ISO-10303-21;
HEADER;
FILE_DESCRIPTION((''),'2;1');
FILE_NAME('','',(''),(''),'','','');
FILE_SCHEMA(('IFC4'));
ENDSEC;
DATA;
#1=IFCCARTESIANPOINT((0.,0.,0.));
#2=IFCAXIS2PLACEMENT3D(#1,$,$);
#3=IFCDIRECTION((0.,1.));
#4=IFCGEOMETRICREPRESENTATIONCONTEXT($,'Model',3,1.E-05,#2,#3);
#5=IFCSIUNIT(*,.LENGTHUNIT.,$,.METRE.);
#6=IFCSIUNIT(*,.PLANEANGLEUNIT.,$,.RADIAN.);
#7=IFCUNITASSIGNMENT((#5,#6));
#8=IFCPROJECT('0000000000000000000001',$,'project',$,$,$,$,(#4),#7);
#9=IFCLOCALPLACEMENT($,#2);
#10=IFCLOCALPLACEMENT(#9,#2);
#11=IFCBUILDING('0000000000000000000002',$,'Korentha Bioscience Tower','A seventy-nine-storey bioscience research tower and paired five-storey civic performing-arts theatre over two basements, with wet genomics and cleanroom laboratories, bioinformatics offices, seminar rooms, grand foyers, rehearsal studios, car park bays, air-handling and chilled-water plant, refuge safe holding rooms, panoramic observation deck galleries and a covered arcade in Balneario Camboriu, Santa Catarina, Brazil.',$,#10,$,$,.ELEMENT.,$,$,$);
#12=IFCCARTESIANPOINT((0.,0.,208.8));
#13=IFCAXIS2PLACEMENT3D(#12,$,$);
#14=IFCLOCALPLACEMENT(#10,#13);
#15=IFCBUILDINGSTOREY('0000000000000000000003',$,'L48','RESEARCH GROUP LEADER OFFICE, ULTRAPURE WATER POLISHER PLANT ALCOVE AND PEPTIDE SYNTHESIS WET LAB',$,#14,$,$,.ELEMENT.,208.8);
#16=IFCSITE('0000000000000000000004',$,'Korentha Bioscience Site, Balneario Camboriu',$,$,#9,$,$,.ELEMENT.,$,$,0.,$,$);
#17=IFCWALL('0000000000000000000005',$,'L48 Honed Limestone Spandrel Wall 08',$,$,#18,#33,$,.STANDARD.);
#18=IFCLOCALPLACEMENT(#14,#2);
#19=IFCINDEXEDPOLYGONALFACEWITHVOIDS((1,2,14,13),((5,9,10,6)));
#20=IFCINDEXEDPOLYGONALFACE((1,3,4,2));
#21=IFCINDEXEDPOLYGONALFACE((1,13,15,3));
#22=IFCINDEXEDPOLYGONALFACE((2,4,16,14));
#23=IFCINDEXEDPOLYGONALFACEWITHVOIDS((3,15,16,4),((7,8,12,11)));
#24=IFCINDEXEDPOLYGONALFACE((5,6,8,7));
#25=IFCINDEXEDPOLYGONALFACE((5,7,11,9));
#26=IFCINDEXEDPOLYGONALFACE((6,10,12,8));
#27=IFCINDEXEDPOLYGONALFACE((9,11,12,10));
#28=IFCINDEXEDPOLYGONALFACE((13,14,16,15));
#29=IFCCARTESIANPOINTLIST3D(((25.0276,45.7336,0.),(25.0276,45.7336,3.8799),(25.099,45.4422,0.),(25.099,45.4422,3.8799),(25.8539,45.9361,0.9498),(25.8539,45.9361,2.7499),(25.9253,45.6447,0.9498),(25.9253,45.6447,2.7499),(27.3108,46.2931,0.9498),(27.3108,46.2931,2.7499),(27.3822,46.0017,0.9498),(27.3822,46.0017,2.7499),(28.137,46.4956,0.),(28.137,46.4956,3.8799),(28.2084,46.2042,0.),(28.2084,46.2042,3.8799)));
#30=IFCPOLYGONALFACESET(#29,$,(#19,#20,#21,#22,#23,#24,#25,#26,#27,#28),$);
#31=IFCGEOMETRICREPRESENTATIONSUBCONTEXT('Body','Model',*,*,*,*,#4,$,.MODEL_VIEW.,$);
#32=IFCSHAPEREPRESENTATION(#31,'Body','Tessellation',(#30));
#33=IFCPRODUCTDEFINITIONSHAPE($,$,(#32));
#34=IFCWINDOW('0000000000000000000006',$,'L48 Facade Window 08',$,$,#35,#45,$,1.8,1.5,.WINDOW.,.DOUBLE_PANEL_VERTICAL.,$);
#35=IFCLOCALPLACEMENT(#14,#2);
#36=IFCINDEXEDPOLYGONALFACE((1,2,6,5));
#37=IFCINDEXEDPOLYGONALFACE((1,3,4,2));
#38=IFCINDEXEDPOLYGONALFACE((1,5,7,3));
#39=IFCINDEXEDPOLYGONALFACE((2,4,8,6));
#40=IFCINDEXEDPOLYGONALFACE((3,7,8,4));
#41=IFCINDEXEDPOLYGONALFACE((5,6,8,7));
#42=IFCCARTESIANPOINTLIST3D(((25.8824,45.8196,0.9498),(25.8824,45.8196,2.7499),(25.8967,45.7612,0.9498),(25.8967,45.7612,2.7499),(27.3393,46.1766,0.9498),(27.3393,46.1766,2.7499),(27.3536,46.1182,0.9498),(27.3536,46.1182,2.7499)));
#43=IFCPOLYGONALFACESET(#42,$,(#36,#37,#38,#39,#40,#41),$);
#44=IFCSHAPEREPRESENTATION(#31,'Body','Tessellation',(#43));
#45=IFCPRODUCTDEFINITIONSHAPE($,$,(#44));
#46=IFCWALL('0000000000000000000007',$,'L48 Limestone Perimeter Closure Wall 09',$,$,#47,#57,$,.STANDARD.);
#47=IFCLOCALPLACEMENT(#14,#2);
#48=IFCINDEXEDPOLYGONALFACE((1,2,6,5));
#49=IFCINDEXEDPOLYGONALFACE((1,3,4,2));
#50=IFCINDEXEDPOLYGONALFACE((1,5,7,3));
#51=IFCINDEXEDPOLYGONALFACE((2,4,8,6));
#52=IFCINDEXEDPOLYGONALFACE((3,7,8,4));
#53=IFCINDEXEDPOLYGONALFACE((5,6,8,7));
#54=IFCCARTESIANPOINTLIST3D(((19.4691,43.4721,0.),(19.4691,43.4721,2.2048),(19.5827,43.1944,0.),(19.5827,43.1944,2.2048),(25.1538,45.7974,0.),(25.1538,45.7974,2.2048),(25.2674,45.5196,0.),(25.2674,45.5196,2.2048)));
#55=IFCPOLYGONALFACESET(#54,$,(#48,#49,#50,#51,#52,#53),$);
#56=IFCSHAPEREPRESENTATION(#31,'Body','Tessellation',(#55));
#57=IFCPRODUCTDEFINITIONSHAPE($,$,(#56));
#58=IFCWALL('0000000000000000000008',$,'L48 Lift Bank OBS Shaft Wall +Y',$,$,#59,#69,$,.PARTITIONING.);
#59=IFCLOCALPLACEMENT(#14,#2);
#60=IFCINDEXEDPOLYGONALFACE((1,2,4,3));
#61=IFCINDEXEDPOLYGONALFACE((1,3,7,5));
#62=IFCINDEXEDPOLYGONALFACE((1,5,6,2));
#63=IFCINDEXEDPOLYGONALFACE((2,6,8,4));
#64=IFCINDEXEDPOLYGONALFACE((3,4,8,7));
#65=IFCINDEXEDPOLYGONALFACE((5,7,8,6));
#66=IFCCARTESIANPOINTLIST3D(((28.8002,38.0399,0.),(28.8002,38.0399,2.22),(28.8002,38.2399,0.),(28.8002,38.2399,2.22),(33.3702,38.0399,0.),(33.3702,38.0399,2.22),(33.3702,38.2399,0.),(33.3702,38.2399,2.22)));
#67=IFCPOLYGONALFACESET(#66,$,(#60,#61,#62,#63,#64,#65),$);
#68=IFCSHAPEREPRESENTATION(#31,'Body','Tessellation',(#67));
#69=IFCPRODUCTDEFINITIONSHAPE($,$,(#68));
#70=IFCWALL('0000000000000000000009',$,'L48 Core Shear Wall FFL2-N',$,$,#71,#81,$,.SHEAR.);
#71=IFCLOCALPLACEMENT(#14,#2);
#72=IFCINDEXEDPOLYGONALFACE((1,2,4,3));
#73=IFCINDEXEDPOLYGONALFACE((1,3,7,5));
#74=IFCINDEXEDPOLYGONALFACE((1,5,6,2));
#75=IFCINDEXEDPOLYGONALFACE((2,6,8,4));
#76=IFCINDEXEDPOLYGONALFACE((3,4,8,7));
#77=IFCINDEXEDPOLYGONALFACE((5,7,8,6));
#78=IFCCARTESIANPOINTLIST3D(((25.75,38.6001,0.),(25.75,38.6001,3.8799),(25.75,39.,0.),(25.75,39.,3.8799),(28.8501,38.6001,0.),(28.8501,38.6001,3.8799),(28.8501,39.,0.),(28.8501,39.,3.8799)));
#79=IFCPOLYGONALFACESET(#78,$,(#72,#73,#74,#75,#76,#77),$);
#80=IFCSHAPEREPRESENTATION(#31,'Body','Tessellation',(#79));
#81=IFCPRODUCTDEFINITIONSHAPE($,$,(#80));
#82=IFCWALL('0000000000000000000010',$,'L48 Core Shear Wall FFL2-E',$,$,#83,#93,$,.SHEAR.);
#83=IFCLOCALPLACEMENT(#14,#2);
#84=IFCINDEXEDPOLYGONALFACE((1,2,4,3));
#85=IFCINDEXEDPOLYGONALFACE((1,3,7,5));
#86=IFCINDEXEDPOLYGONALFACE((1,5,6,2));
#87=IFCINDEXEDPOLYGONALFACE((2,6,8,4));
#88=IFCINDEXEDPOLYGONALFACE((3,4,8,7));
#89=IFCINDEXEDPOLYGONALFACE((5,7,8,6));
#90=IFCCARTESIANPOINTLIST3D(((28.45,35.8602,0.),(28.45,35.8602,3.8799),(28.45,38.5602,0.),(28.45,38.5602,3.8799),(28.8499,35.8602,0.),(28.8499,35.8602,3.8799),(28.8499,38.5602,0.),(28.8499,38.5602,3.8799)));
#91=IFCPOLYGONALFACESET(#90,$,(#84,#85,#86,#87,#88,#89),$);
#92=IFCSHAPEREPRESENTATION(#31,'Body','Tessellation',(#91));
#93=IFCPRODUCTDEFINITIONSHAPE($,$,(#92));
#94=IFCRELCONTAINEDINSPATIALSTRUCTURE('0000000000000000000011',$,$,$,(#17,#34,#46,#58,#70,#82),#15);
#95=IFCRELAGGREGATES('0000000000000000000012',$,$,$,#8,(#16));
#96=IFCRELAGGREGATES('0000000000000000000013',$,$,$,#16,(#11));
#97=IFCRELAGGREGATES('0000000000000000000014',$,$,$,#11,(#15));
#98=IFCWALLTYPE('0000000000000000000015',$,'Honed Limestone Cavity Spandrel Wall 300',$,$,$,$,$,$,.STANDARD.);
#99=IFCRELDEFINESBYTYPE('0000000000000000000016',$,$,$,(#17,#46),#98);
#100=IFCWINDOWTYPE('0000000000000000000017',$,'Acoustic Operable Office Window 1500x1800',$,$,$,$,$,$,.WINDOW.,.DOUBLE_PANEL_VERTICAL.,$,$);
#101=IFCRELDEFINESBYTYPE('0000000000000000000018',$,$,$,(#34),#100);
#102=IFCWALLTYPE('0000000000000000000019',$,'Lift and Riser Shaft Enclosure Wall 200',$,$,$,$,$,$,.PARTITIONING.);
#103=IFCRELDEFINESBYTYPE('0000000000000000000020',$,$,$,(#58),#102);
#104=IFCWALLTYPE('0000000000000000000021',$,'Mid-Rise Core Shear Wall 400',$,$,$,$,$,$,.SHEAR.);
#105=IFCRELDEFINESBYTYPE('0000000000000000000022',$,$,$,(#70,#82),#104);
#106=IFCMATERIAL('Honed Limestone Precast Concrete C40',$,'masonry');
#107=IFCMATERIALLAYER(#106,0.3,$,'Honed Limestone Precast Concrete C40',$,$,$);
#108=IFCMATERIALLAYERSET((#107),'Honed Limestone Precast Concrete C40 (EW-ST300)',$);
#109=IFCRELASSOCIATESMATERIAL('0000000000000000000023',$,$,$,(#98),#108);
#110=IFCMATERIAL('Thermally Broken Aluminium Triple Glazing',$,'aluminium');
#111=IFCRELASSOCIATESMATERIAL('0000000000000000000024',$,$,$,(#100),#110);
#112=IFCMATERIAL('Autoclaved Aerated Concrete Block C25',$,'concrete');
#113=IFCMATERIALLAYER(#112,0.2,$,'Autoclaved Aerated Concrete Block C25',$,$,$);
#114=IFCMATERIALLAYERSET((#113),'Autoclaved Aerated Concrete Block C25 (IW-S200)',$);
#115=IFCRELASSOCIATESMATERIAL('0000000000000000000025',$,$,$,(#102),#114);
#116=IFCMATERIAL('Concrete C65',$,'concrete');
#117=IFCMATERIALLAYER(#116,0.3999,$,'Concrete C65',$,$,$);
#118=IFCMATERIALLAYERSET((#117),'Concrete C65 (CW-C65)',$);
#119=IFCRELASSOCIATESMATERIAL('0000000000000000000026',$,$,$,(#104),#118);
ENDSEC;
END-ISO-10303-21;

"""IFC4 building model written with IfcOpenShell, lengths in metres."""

from ifc_helpers import new_model, si_unit, direction, frame, frame_2d, origin, place, context, subcontext, project, spatial, rectangle, extrude, material, layer, layer_set, type_object, element, fill, save


model = new_model("IFC4")

# Units and contexts
model_context = context("Model", 3, precision=1e-05, world=origin(), true_north=direction((0.0, 1.0)))
body_context = subcontext(model_context, "Body", "Model", "MODEL_VIEW")
ifc_project = project(units=[si_unit("LENGTHUNIT", "METRE"), si_unit("PLANEANGLEUNIT", "RADIAN")], contexts=[model_context])

# Site, building, storey
site_placement = place(None, origin())
site = spatial("IfcSite", under=ifc_project, at=site_placement, Name="Korentha Bioscience Site, Balneario Camboriu", CompositionType="ELEMENT", RefElevation=0.0)
building_placement = place(site_placement, origin())
building = spatial("IfcBuilding", under=site, at=building_placement, Name="Korentha Bioscience Tower", Description="A seventy-nine-storey bioscience research tower and paired five-storey civic performing-arts theatre over two basements, with wet genomics and cleanroom laboratories, bioinformatics offices, seminar rooms, grand foyers, rehearsal studios, car park bays, air-handling and chilled-water plant, refuge safe holding rooms, panoramic observation deck galleries and a covered arcade in Balneario Camboriu, Santa Catarina, Brazil.", CompositionType="ELEMENT")
storey_placement = place(building_placement, frame((0.0, 0.0, 208.8)))
storey = spatial("IfcBuildingStorey", under=building, at=storey_placement, Name="L48", Description="RESEARCH GROUP LEADER OFFICE, ULTRAPURE WATER POLISHER PLANT ALCOVE AND PEPTIDE SYNTHESIS WET LAB", CompositionType="ELEMENT", Elevation=208.8)

# Shared definitions
ifc_material_1 = material(Name="Concrete C65", Category="concrete")

# Wall, opening, window
ifc_material_2 = material(Name="Honed Limestone Precast Concrete C40", Category="masonry")
ifc_layer_1 = layer(ifc_material_2, 0.3, Name="Honed Limestone Precast Concrete C40")
ifc_layer_set_1 = layer_set([ifc_layer_1], Name="Honed Limestone Precast Concrete C40 (EW-ST300)")
wall_type_1 = type_object("IfcWallType", Name="Honed Limestone Cavity Spandrel Wall 300", PredefinedType="STANDARD", material=ifc_layer_set_1)
wall_1_placement = place(storey_placement, frame((28.1726, 46.3499, 0.0), z_axis=(0.0, 0.0, 1.0), x_axis=(-0.971262, -0.238011, 0.0)))
wall_1 = element("IfcWall", 1, at=wall_1_placement, inside=storey, type_object=wall_type_1, Name="L48 Honed Limestone Spandrel Wall 08", PredefinedType="STANDARD", context=body_context, shape_type="SweptSolid", body=[
    extrude(rectangle(XDim=3.2014, YDim=0.3, at=frame_2d((1.6006, 0.0))), origin(), (0.0, 0.0, 1.0), 3.8799),
])
opening_1_placement = place(wall_1_placement, frame((0.8506, 0.0, 0.95)))
opening_1 = element("IfcOpeningElement", 2, at=opening_1_placement, cuts=wall_1, PredefinedType="OPENING", context=body_context, shape_type="SweptSolid", body=[
    extrude(rectangle(XDim=1.5, YDim=1.8, at=frame_2d((0.75, 0.8999))), frame((0.0, 0.165, 0.0), z_axis=(0.0, -1.0, 0.0), x_axis=(1.0, 0.0, 0.0)), (0.0, 0.0, 1.0), 0.3298),
])
ifc_material_3 = material(Name="Thermally Broken Aluminium Triple Glazing", Category="aluminium")
window_type = type_object("IfcWindowType", Name="Acoustic Operable Office Window 1500x1800", PartitioningType="DOUBLE_PANEL_VERTICAL", PredefinedType="WINDOW", material=ifc_material_3)
window_placement = place(opening_1_placement, origin())
window = element("IfcWindow", 3, at=window_placement, inside=storey, type_object=window_type, Name="L48 Facade Window 08", OverallHeight=1.8, OverallWidth=1.5, PartitioningType="DOUBLE_PANEL_VERTICAL", PredefinedType="WINDOW", context=body_context, shape_type="SweptSolid", body=[
    extrude(rectangle(XDim=1.5, YDim=1.8, at=frame_2d((0.75, 0.8999))), frame((0.0, 0.03, 0.0), z_axis=(0.0, -1.0, 0.0), x_axis=(1.0, 0.0, 0.0)), (0.0, 0.0, 1.0), 0.0601),
])
fill(opening_1, window)

# Walls
wall_2_placement = place(storey_placement, frame((25.2104, 45.6584, 0.0), z_axis=(0.0, 0.0, 1.0), x_axis=(-0.925565, -0.37859, 0.0)))
element("IfcWall", 4, at=wall_2_placement, inside=storey, type_object=wall_type_1, Name="L48 Limestone Perimeter Closure Wall 09", PredefinedType="STANDARD", context=body_context, shape_type="SweptSolid", body=[
    extrude(rectangle(XDim=6.1418, YDim=0.3, at=frame_2d((3.0708, 0.0))), origin(), (0.0, 0.0, 1.0), 2.2048),
])
ifc_material_4 = material(Name="Autoclaved Aerated Concrete Block C25", Category="concrete")
ifc_layer_2 = layer(ifc_material_4, 0.2, Name="Autoclaved Aerated Concrete Block C25")
ifc_layer_set_2 = layer_set([ifc_layer_2], Name="Autoclaved Aerated Concrete Block C25 (IW-S200)")
wall_type_2 = type_object("IfcWallType", Name="Lift and Riser Shaft Enclosure Wall 200", PredefinedType="PARTITIONING", material=ifc_layer_set_2)
wall_3_placement = place(storey_placement, frame((28.8, 38.1399, 0.0), z_axis=(0.0, 0.0, 1.0), x_axis=(1.0, 0.0, 0.0)))
element("IfcWall", 5, at=wall_3_placement, inside=storey, type_object=wall_type_2, Name="L48 Lift Bank OBS Shaft Wall +Y", PredefinedType="PARTITIONING", context=body_context, shape_type="SweptSolid", body=[
    extrude(rectangle(XDim=4.5701, YDim=0.2, at=frame_2d((2.2852, 0.0))), origin(), (0.0, 0.0, 1.0), 2.22),
])
ifc_layer_3 = layer(ifc_material_1, 0.3999, Name="Concrete C65")
ifc_layer_set_3 = layer_set([ifc_layer_3], Name="Concrete C65 (CW-C65)")
wall_type_3 = type_object("IfcWallType", Name="Mid-Rise Core Shear Wall 400", PredefinedType="SHEAR", material=ifc_layer_set_3)
wall_4_placement = place(storey_placement, frame((25.75, 38.8, 0.0), z_axis=(0.0, 0.0, 1.0), x_axis=(1.0, 0.0, 0.0)))
element("IfcWall", 6, at=wall_4_placement, inside=storey, type_object=wall_type_3, Name="L48 Core Shear Wall FFL2-N", PredefinedType="SHEAR", context=body_context, shape_type="SweptSolid", body=[
    extrude(rectangle(XDim=3.1001, YDim=0.3999, at=frame_2d((1.55, 0.0))), origin(), (0.0, 0.0, 1.0), 3.8799),
])
wall_5_placement = place(storey_placement, frame((28.6499, 35.8601, 0.0), z_axis=(0.0, 0.0, 1.0), x_axis=(0.0, 1.0, 0.0)))
element("IfcWall", 7, at=wall_5_placement, inside=storey, type_object=wall_type_3, Name="L48 Core Shear Wall FFL2-E", PredefinedType="SHEAR", context=body_context, shape_type="SweptSolid", body=[
    extrude(rectangle(XDim=2.7, YDim=0.3999, at=frame_2d((1.3501, 0.0))), origin(), (0.0, 0.0, 1.0), 3.8799),
])

save(model, "model.ifc")
